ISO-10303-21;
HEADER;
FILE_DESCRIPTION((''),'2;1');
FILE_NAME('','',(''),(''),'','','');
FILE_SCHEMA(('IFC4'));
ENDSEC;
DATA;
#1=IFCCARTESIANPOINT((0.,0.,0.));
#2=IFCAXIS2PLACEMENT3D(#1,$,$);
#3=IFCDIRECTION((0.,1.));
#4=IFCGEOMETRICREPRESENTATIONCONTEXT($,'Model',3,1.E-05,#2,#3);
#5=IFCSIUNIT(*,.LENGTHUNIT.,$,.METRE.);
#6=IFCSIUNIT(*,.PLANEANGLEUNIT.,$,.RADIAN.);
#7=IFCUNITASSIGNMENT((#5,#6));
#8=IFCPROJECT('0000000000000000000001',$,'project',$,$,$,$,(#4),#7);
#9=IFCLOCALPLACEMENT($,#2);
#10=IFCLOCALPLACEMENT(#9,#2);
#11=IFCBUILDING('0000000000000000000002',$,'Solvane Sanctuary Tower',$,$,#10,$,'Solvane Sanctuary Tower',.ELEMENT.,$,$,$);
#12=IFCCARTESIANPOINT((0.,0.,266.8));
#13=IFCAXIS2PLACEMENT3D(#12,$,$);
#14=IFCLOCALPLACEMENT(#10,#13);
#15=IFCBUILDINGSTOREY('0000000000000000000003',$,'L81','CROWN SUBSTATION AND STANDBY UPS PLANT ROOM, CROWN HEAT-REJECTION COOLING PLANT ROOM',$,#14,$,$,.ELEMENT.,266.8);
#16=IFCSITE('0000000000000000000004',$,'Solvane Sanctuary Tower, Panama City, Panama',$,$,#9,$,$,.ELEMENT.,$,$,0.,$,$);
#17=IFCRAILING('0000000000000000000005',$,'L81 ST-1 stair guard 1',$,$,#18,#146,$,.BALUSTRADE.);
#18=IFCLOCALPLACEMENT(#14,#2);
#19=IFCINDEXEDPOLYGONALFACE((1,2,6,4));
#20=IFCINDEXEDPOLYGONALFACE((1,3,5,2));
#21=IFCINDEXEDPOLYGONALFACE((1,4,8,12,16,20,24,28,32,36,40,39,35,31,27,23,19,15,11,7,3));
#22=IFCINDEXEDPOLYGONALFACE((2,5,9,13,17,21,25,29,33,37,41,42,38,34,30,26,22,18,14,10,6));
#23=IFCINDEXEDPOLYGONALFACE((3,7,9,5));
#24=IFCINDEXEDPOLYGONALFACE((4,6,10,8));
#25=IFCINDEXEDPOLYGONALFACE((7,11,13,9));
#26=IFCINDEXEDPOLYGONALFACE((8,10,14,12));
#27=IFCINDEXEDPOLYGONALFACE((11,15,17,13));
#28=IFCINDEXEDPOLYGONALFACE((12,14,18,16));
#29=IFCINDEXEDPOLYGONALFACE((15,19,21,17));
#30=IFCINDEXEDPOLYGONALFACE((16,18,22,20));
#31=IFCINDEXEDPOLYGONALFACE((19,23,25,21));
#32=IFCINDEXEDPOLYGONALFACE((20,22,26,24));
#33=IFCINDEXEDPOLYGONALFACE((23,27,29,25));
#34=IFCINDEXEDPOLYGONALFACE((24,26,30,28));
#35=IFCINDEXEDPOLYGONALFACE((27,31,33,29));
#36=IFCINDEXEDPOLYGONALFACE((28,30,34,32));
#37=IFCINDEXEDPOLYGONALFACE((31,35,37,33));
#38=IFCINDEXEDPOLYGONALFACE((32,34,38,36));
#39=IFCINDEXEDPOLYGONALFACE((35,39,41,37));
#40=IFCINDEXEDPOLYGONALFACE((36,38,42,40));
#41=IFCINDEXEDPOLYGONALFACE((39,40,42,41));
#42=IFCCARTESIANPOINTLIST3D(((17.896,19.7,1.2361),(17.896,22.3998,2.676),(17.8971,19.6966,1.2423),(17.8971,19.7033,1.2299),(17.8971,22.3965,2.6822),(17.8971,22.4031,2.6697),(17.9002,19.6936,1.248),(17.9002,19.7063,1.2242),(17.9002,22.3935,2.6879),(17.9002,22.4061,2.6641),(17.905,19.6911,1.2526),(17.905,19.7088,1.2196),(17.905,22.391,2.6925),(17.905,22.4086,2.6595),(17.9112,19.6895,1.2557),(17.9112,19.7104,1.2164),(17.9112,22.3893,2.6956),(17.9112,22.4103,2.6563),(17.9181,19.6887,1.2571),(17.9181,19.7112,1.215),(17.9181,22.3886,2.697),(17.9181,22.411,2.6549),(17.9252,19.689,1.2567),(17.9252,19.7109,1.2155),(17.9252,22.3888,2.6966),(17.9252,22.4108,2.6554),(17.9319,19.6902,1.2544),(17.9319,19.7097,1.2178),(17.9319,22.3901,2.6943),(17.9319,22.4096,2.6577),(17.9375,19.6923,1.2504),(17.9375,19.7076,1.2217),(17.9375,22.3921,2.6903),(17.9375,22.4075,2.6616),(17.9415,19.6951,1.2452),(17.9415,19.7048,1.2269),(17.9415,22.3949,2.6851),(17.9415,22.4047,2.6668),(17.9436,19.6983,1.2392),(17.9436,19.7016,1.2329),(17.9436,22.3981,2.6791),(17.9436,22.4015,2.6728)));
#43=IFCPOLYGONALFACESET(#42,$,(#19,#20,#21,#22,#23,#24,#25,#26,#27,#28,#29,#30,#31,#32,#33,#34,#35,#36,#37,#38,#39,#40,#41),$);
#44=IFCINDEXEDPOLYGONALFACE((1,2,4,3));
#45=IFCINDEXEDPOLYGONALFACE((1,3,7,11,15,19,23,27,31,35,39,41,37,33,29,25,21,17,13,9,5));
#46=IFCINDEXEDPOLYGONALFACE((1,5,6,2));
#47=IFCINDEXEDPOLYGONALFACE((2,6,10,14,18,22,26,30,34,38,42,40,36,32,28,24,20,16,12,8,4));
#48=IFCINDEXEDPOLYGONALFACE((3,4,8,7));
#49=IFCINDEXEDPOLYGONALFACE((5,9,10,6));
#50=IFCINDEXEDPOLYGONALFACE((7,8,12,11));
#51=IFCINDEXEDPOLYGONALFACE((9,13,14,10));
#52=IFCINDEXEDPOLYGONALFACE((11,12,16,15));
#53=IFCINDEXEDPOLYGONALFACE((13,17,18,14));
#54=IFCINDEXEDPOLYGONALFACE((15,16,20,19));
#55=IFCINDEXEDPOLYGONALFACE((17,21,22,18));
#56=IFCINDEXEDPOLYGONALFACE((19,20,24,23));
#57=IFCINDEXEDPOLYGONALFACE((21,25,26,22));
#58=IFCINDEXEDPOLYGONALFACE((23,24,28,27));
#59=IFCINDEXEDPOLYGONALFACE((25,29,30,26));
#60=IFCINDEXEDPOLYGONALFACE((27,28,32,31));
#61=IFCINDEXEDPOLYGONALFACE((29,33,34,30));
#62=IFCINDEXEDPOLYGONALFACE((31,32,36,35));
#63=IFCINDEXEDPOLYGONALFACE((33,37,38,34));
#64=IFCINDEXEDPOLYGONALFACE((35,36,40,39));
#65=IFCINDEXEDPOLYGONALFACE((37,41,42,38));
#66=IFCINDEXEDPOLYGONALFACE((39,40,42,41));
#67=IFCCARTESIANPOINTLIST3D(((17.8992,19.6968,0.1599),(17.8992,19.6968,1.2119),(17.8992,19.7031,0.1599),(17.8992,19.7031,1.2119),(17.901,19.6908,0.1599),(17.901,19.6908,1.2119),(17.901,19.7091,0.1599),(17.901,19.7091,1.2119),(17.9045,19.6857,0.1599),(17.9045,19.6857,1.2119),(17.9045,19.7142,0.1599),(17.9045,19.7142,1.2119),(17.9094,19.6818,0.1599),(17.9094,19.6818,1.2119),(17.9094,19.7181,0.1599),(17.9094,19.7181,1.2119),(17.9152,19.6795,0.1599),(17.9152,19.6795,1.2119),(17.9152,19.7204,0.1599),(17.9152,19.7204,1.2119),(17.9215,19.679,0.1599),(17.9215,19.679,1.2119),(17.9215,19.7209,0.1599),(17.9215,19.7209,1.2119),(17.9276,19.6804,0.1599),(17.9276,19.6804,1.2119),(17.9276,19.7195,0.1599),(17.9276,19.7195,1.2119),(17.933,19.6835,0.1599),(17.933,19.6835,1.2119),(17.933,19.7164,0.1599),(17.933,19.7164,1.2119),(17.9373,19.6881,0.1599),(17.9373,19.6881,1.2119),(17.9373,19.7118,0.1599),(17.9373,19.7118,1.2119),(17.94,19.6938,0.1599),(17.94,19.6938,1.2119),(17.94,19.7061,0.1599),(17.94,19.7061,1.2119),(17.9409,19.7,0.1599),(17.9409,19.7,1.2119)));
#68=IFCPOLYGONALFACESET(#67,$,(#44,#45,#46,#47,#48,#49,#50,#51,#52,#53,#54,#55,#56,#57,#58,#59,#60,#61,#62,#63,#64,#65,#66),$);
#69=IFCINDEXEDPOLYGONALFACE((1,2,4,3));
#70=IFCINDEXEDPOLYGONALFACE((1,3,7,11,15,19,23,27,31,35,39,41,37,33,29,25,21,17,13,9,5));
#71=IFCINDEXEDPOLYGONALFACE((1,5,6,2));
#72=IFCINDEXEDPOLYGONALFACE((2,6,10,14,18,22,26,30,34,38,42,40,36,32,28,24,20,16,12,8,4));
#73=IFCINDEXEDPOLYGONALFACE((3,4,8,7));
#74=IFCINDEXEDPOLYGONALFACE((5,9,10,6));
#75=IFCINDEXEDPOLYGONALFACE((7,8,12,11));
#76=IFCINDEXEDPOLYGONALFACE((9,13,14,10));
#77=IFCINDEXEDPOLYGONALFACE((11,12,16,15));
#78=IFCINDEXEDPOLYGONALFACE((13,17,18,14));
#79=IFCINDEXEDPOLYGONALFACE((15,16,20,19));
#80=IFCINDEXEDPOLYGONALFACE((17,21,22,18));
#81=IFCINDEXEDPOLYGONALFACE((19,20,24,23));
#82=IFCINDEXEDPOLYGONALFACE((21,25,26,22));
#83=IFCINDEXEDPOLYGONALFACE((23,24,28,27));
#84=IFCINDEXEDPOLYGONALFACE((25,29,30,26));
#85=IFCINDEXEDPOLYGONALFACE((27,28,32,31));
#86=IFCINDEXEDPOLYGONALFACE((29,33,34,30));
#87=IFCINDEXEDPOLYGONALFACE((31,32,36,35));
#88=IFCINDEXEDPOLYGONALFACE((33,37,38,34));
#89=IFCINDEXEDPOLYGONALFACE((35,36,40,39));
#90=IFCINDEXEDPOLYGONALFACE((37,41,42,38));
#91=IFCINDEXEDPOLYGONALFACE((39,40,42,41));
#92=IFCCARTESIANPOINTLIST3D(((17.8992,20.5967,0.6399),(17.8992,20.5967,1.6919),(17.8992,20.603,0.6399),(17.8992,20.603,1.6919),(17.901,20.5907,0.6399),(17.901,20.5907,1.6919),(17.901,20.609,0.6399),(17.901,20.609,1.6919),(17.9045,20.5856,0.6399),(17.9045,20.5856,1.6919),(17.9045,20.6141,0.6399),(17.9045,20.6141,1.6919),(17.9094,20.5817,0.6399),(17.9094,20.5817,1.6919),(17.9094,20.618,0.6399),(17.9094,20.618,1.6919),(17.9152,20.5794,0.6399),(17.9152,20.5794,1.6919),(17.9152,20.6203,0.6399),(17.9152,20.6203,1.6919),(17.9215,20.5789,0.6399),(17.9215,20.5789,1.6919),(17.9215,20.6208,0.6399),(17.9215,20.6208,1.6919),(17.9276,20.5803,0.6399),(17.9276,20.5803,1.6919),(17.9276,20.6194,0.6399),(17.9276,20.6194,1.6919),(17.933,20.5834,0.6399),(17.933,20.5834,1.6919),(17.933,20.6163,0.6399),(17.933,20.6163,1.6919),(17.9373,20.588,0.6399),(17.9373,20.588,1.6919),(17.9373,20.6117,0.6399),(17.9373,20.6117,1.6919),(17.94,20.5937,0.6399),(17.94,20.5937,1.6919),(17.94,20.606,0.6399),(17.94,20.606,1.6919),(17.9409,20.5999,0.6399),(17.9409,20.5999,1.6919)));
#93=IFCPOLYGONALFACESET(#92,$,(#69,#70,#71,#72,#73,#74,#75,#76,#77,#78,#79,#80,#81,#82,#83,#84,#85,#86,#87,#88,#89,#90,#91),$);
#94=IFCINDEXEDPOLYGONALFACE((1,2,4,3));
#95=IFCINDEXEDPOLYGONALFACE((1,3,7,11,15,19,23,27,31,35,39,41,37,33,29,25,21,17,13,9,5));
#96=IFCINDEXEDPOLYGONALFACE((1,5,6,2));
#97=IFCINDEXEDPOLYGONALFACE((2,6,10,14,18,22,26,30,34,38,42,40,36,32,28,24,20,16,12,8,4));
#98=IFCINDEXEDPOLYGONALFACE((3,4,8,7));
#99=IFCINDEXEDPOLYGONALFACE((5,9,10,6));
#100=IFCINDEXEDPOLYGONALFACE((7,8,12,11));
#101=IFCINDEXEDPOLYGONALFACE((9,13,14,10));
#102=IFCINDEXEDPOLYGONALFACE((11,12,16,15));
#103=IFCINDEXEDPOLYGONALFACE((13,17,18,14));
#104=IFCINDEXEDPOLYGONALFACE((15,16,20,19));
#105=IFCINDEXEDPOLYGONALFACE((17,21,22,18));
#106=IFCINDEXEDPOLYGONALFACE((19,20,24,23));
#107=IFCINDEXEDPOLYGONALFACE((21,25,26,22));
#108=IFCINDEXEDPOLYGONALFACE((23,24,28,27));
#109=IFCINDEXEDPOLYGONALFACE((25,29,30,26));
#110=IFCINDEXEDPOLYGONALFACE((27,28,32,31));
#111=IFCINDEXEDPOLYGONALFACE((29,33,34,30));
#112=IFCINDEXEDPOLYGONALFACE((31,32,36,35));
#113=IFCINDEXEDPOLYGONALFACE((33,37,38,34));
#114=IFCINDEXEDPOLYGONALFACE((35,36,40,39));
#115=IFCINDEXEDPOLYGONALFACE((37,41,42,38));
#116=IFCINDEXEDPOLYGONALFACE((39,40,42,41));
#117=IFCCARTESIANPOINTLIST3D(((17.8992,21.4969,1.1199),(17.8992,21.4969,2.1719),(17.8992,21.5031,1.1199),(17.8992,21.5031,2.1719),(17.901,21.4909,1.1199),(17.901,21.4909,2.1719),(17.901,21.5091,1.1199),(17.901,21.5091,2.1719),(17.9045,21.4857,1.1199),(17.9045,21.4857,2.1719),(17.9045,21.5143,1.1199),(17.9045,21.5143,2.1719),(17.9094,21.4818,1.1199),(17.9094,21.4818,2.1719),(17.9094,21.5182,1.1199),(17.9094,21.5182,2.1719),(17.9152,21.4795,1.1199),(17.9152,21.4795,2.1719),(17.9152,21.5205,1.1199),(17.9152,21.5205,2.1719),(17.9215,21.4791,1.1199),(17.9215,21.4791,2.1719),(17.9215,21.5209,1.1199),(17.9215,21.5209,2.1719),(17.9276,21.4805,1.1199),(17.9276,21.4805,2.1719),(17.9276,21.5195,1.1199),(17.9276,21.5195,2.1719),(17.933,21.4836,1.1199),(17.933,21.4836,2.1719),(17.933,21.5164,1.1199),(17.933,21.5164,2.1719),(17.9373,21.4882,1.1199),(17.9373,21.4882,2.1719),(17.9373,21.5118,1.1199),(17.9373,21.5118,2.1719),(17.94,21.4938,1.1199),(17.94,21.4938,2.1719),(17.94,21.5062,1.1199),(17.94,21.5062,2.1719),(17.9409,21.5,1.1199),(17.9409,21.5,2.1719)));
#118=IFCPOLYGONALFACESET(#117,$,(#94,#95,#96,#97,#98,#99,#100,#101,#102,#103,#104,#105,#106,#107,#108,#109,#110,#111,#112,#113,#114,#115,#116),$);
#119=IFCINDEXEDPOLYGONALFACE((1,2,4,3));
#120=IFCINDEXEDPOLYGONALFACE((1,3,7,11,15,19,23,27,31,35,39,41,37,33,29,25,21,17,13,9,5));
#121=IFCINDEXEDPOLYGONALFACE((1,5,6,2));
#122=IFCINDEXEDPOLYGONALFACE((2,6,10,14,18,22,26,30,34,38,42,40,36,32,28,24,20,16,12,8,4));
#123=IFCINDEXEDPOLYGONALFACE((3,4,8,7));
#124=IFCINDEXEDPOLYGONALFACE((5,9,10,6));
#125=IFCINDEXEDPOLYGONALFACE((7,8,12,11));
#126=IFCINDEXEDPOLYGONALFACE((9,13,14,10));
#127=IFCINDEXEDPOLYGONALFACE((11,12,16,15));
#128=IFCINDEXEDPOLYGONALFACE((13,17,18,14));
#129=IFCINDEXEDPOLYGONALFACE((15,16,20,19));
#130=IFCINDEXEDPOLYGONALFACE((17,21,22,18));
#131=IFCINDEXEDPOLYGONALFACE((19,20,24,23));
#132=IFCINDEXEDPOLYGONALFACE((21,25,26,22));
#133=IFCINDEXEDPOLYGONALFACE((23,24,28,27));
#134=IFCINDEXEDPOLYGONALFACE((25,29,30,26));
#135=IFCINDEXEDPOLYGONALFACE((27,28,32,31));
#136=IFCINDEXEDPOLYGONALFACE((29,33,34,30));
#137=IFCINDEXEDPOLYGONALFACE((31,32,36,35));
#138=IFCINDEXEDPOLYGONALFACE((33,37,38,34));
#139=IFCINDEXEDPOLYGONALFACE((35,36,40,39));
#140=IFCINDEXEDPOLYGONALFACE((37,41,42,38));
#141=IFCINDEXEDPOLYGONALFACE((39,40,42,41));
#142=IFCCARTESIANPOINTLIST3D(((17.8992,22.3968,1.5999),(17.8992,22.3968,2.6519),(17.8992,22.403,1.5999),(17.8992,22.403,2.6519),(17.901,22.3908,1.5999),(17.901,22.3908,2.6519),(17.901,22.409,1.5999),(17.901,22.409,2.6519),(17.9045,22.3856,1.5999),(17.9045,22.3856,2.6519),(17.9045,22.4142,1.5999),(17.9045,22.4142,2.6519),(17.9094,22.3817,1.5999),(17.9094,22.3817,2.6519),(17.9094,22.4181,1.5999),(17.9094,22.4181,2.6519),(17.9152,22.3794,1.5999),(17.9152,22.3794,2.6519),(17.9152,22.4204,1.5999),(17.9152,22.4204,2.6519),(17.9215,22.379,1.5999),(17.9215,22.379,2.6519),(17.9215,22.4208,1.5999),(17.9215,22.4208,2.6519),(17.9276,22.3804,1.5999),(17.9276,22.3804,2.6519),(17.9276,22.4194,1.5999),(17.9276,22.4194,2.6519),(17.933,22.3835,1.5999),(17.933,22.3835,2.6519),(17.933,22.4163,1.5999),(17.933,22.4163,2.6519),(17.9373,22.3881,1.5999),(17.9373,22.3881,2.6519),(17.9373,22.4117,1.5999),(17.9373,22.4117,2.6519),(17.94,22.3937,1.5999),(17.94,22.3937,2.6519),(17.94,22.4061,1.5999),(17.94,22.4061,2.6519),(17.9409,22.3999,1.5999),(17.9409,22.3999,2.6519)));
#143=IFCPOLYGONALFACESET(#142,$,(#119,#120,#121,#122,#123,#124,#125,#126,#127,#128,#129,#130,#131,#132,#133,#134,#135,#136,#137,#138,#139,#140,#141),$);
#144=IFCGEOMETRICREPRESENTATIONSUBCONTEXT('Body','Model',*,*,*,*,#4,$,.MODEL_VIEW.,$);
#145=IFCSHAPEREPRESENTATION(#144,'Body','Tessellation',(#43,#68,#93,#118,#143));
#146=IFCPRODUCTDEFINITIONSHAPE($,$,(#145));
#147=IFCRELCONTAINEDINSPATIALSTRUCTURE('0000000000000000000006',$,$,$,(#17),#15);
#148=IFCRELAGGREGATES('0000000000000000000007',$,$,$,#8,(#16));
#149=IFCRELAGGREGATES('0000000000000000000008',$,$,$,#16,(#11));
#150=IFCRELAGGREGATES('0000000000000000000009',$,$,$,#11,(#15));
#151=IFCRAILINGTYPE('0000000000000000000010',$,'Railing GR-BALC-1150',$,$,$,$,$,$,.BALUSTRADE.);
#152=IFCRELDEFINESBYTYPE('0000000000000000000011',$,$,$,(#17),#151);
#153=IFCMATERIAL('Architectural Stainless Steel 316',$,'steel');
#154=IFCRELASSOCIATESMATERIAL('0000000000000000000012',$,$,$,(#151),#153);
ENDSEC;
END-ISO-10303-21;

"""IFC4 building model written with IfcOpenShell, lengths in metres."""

from ifc_helpers import new_model, si_unit, direction, frame, origin, origin_2d, place, context, subcontext, project, spatial, circle, extrude, material, type_object, element, save


model = new_model("IFC4")

# Units and contexts
model_context = context("Model", 3, precision=1e-05, world=origin(), true_north=direction((0.0, 1.0)))
body_context = subcontext(model_context, "Body", "Model", "MODEL_VIEW")
ifc_project = project(units=[si_unit("LENGTHUNIT", "METRE"), si_unit("PLANEANGLEUNIT", "RADIAN")], contexts=[model_context])

# Site, building, storey
site_placement = place(None, origin())
site = spatial("IfcSite", under=ifc_project, at=site_placement, Name="Solvane Sanctuary Tower, Panama City, Panama", CompositionType="ELEMENT", RefElevation=0.0)
building_placement = place(site_placement, origin())
building = spatial("IfcBuilding", under=site, at=building_placement, Name="Solvane Sanctuary Tower", LongName="Solvane Sanctuary Tower", CompositionType="ELEMENT")
storey_placement = place(building_placement, frame((0.0, 0.0, 266.8)))
storey = spatial("IfcBuildingStorey", under=building, at=storey_placement, Name="L81", Description="CROWN SUBSTATION AND STANDBY UPS PLANT ROOM, CROWN HEAT-REJECTION COOLING PLANT ROOM", CompositionType="ELEMENT", Elevation=266.8)

# Shared definitions
ifc_material_1 = material(Name="Architectural Stainless Steel 316", Category="steel")

# Railing
railing_type_1 = type_object("IfcRailingType", Name="Railing GR-BALC-1150", PredefinedType="BALUSTRADE", material=ifc_material_1)
railing_1_placement = place(storey_placement, frame((17.9199, 19.7, 0.1599)))
element("IfcRailing", 1, at=railing_1_placement, inside=storey, type_object=railing_type_1, Name="L81 ST-1 stair guard 1", PredefinedType="BALUSTRADE", context=body_context, shape_type="SweptSolid", body=[
    extrude(circle(Radius=0.0239, at=origin_2d()), frame((0.0, 0.0, 1.0762), z_axis=(0.0, 0.882357, 0.47058), x_axis=(-1.0, 0.0, 0.0)), (0.0, 0.0, 1.0), 3.0598),
    extrude(circle(Radius=0.021, at=origin_2d()), origin(), (0.0, 0.0, 1.0), 1.052),
    extrude(circle(Radius=0.021, at=origin_2d()), frame((0.0, 0.8999, 0.48)), (0.0, 0.0, 1.0), 1.052),
    extrude(circle(Radius=0.021, at=origin_2d()), frame((0.0, 1.8, 0.96)), (0.0, 0.0, 1.0), 1.052),
    extrude(circle(Radius=0.021, at=origin_2d()), frame((0.0, 2.7, 1.4399)), (0.0, 0.0, 1.0), 1.052),
])

save(model, "model.ifc")
